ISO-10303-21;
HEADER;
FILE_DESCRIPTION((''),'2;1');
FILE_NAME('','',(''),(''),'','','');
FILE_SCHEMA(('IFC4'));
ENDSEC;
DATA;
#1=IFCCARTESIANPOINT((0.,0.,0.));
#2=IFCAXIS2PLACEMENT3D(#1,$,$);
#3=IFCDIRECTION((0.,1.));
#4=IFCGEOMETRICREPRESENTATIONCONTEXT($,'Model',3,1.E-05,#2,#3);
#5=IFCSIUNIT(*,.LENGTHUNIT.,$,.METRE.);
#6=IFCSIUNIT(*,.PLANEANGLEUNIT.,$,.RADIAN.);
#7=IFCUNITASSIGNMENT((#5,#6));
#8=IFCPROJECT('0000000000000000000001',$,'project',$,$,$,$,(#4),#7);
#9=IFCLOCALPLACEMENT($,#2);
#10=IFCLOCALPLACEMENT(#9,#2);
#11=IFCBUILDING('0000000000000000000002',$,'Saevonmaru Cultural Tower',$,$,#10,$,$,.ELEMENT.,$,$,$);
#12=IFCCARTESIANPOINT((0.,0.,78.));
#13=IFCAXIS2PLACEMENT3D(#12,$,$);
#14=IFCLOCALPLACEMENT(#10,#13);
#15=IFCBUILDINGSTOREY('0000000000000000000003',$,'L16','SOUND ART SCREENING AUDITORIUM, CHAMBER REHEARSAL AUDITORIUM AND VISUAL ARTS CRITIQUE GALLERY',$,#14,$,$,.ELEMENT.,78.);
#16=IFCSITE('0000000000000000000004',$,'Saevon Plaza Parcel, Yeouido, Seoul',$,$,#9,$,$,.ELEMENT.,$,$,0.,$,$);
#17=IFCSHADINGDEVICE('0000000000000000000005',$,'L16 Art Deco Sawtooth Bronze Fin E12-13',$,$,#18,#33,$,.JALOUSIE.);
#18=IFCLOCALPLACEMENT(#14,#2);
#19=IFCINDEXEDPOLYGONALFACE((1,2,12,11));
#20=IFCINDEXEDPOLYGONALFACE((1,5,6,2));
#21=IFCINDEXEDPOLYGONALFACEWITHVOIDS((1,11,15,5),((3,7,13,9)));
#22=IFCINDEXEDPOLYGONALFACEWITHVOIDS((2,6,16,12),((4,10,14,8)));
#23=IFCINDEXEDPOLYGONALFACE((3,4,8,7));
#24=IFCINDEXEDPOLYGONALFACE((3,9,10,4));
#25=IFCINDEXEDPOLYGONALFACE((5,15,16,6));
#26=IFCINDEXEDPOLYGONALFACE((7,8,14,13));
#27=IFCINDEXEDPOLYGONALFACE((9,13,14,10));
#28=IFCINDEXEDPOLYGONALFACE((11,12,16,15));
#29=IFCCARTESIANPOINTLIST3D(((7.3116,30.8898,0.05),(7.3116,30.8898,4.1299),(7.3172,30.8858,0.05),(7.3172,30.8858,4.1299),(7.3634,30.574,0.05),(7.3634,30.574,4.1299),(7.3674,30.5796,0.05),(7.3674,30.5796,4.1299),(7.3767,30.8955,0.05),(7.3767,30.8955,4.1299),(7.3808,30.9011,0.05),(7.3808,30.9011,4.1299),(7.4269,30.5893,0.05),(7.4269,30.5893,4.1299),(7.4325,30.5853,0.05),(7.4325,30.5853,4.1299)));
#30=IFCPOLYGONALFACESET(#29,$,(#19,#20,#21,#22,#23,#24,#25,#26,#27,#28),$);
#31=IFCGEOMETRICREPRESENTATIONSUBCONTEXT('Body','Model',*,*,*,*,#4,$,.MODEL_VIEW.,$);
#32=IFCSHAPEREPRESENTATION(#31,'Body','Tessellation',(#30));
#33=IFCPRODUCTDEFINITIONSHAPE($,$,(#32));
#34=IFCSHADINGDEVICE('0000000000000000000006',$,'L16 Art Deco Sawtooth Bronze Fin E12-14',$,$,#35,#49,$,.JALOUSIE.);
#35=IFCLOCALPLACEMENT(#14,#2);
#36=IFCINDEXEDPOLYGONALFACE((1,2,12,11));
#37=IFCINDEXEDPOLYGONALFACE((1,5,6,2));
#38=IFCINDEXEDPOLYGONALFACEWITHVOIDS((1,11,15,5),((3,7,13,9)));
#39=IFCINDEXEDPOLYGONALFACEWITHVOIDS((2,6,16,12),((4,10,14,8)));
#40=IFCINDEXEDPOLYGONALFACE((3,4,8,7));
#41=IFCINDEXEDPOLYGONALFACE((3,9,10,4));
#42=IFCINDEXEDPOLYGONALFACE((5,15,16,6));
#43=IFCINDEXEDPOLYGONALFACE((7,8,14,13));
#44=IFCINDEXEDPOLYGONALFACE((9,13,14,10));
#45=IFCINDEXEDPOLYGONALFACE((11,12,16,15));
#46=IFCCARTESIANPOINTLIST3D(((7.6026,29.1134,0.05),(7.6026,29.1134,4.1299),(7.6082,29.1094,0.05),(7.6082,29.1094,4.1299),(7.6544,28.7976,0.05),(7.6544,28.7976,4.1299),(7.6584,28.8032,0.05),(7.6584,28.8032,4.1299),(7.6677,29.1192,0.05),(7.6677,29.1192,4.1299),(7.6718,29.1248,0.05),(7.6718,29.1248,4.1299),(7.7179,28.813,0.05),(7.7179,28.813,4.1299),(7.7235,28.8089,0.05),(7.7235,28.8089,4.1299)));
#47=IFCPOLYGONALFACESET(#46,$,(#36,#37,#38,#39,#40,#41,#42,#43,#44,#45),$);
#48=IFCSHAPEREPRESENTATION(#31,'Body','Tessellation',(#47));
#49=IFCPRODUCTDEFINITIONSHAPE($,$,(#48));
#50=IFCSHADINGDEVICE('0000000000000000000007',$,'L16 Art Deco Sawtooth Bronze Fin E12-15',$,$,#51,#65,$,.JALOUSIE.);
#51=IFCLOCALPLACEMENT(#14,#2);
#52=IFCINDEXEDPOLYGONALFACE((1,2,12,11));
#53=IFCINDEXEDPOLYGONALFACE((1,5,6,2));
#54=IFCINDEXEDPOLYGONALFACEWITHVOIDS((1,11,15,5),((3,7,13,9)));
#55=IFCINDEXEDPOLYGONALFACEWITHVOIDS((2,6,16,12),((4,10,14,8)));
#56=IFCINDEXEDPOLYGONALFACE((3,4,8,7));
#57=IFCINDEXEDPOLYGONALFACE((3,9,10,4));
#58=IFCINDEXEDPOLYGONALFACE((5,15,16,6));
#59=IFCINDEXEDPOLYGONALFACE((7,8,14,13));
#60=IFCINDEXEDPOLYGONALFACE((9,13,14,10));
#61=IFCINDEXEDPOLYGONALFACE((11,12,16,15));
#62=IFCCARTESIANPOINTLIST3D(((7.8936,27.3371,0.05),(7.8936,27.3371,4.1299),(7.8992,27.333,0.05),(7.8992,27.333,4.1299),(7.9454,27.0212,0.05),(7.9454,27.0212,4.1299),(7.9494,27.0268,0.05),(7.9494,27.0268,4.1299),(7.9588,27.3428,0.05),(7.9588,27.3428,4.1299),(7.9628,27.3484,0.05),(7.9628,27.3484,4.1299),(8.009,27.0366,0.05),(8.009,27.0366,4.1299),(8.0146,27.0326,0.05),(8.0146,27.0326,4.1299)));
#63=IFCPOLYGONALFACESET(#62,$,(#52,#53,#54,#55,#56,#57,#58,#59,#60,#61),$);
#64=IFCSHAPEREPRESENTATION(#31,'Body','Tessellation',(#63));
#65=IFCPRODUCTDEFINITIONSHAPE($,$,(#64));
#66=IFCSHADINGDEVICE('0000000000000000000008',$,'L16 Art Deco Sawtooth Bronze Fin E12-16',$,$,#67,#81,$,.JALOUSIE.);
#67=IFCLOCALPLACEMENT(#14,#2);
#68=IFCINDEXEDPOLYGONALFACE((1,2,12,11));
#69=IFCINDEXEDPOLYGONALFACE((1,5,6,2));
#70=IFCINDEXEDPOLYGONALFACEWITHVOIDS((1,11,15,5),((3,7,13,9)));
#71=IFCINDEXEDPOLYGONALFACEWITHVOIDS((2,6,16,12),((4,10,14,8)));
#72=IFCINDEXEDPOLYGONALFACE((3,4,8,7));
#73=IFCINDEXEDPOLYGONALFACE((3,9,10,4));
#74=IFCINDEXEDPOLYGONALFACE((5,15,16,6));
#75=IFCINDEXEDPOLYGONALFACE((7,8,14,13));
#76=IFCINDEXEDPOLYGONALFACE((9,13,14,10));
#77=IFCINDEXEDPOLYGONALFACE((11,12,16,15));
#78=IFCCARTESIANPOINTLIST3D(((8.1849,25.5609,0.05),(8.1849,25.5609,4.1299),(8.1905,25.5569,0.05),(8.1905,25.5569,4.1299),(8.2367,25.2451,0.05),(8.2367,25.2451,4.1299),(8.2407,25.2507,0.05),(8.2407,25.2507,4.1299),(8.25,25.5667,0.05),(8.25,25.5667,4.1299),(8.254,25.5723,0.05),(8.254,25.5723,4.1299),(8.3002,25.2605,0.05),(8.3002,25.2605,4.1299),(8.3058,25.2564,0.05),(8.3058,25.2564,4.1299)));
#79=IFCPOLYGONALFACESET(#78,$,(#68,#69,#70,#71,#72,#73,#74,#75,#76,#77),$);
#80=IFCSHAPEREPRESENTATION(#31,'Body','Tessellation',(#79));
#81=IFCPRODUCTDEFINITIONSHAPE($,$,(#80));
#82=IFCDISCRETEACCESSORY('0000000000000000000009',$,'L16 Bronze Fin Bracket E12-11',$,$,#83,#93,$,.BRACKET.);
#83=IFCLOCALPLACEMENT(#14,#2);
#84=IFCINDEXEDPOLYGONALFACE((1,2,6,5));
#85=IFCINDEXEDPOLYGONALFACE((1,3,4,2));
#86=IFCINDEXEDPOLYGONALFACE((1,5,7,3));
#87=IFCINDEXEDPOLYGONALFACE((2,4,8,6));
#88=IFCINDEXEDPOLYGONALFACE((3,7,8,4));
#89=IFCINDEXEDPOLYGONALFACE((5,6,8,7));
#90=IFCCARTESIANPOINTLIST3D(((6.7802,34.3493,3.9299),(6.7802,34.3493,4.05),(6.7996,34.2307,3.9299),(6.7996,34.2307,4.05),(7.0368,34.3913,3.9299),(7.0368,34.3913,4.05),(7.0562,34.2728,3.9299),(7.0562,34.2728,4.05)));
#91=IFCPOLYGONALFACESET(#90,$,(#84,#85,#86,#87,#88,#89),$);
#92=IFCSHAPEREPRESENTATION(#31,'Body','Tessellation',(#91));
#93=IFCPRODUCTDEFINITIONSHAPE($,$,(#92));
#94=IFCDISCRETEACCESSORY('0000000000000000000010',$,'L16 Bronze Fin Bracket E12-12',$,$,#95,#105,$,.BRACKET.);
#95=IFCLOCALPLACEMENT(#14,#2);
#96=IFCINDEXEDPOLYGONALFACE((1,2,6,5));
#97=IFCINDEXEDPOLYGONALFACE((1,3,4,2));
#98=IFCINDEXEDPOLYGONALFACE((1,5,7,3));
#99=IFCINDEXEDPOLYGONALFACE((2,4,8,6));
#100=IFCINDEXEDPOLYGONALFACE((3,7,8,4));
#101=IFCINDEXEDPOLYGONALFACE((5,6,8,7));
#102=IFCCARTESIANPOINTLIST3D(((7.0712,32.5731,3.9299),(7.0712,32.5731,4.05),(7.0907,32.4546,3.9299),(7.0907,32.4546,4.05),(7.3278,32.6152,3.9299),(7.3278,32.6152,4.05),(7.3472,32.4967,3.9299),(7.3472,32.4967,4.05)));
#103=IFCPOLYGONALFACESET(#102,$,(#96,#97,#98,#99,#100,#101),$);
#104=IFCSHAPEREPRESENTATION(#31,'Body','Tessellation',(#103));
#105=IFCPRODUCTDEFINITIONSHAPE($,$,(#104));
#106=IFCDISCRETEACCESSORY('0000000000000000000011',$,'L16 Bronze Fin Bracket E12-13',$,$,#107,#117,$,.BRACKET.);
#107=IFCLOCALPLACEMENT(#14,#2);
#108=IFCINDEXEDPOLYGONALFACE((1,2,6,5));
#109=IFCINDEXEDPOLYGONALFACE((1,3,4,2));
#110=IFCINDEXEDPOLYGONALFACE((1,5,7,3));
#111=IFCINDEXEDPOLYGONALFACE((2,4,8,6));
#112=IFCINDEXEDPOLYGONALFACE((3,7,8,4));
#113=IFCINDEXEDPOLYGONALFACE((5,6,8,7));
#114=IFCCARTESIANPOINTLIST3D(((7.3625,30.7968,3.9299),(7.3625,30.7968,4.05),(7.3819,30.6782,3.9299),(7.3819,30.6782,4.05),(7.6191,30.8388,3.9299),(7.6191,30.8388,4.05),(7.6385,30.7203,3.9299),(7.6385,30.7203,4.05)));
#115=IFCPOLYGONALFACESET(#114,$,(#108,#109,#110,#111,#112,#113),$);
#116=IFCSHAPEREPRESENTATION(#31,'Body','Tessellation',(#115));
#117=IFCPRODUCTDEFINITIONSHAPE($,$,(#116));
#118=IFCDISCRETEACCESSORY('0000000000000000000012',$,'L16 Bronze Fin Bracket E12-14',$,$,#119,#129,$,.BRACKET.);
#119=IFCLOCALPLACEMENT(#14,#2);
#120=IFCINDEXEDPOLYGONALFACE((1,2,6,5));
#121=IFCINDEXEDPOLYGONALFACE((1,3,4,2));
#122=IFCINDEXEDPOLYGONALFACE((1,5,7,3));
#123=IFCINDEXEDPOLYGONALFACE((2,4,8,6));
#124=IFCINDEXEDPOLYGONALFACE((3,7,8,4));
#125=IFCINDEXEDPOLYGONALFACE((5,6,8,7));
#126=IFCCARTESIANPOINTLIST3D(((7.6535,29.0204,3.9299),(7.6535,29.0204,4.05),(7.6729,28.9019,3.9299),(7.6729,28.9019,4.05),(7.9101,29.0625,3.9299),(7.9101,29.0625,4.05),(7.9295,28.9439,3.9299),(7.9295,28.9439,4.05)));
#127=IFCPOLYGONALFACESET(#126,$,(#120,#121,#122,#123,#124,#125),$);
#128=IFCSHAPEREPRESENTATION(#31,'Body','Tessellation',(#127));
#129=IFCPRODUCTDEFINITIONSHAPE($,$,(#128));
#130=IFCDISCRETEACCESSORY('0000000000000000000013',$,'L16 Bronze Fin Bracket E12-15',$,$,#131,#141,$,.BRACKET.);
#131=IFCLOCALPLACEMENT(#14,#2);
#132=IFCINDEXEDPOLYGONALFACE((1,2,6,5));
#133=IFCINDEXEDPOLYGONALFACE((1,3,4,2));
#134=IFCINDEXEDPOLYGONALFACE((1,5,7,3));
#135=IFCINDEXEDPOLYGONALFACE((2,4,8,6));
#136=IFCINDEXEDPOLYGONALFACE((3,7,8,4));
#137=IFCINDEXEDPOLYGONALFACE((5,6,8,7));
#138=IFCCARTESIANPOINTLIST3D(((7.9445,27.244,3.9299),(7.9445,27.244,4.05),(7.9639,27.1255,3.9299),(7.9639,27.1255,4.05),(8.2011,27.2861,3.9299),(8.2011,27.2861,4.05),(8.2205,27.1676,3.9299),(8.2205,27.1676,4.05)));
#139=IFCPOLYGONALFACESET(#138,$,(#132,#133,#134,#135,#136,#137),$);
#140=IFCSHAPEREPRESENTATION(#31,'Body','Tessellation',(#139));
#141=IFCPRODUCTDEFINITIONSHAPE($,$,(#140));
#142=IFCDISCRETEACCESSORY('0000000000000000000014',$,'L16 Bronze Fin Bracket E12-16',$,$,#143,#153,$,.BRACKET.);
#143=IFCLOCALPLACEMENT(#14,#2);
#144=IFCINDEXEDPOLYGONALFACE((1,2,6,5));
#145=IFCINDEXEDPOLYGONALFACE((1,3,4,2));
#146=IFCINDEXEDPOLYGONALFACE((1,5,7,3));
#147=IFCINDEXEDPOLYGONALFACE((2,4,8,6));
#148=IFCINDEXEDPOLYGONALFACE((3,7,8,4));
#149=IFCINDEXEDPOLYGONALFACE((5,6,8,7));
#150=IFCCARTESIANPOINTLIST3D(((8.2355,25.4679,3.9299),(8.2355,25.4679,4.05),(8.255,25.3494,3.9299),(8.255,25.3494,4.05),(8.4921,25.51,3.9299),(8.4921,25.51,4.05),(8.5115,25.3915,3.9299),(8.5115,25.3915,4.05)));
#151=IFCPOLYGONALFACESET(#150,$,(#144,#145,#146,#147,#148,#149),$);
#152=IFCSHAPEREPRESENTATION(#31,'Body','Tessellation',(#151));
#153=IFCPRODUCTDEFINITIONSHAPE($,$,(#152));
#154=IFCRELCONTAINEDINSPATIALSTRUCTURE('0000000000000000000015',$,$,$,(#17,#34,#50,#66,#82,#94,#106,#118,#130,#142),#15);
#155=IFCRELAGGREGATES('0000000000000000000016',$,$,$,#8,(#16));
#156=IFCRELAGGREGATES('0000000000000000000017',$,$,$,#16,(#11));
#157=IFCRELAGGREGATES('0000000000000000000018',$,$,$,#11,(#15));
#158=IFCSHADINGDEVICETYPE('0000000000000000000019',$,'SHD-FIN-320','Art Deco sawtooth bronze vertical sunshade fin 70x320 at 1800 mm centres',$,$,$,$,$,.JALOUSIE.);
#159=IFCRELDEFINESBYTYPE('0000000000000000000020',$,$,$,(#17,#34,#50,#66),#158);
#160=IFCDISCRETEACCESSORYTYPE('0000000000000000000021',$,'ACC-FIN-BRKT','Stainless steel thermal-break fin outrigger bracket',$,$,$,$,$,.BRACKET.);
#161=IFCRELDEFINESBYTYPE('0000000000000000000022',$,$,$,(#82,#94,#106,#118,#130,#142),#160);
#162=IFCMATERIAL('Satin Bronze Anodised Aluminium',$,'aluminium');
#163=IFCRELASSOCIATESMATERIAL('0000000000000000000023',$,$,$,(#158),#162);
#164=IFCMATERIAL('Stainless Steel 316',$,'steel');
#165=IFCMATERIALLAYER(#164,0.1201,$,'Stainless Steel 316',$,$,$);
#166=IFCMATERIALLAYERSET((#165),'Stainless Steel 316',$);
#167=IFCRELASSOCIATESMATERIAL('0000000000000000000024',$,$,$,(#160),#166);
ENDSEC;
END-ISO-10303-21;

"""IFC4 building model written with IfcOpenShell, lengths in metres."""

from ifc_helpers import new_model, si_unit, direction, frame, origin, origin_2d, place, context, subcontext, project, spatial, rectangle, hollow_rectangle, extrude, material, layer, layer_set, material_profile, profile_set, type_object, element, save


model = new_model("IFC4")

# Units and contexts
model_context = context("Model", 3, precision=1e-05, world=origin(), true_north=direction((0.0, 1.0)))
body_context = subcontext(model_context, "Body", "Model", "MODEL_VIEW")
ifc_project = project(units=[si_unit("LENGTHUNIT", "METRE"), si_unit("PLANEANGLEUNIT", "RADIAN")], contexts=[model_context])

# Site, building, storey
site_placement = place(None, origin())
site = spatial("IfcSite", under=ifc_project, at=site_placement, Name="Saevon Plaza Parcel, Yeouido, Seoul", CompositionType="ELEMENT", RefElevation=0.0)
building_placement = place(site_placement, origin())
building = spatial("IfcBuilding", under=site, at=building_placement, Name="Saevonmaru Cultural Tower", CompositionType="ELEMENT")
storey_placement = place(building_placement, frame((0.0, 0.0, 78.0)))
storey = spatial("IfcBuildingStorey", under=building, at=storey_placement, Name="L16", Description="SOUND ART SCREENING AUDITORIUM, CHAMBER REHEARSAL AUDITORIUM AND VISUAL ARTS CRITIQUE GALLERY", CompositionType="ELEMENT", Elevation=78.0)

# Shared definitions
ifc_material_1 = material(Name="Satin Bronze Anodised Aluminium", Category="aluminium")

# Shading devices
ifc_material_profile_1 = material_profile(ifc_material_1, hollow_rectangle(XDim=0.0701, YDim=0.3201, WallThickness=0.0049, at=origin_2d()), Name="FIN-320x70")
ifc_profile_set_1 = profile_set([ifc_material_profile_1], Name="Satin Bronze Anodised Aluminium")
shading_device_type = type_object("IfcShadingDeviceType", Name="SHD-FIN-320", Description="Art Deco sawtooth bronze vertical sunshade fin 70x320 at 1800 mm centres", PredefinedType="JALOUSIE", material=ifc_profile_set_1)
for number, where, z_axis, x_axis, name in (
    (1, (7.3721, 30.7375, 0.05), (0.0, 0.0, 1.0), (-0.986827, -0.161776, 0.0), "L16 Art Deco Sawtooth Bronze Fin E12-13"),
    (2, (7.6631, 28.9612, 0.05), (0.0, 0.0, 1.0), (-0.986827, -0.161776, 0.0), "L16 Art Deco Sawtooth Bronze Fin E12-14"),
    (3, (7.9541, 27.1848, 0.05), (0.0, 0.0, 1.0), (-0.986827, -0.161776, 0.0), "L16 Art Deco Sawtooth Bronze Fin E12-15"),
    (4, (8.2454, 25.4087, 0.05), (0.0, 0.0, 1.0), (-0.986827, -0.161776, 0.0), "L16 Art Deco Sawtooth Bronze Fin E12-16"),
):
    element("IfcShadingDevice", number, at=place(storey_placement, frame(where, z_axis=z_axis, x_axis=x_axis)), inside=storey, type_object=shading_device_type, Name=name, PredefinedType="JALOUSIE", context=body_context, shape_type="SweptSolid", body=[
        extrude(hollow_rectangle(XDim=0.0701, YDim=0.3201, WallThickness=0.0049, at=origin_2d()), origin(), (0.0, 0.0, 1.0), 4.0798),
    ])

# Discrete accessories
ifc_material_2 = material(Name="Stainless Steel 316", Category="steel")
ifc_layer_1 = layer(ifc_material_2, 0.1201, Name="Stainless Steel 316")
ifc_layer_set_1 = layer_set([ifc_layer_1], Name="Stainless Steel 316")
discrete_accessory_type = type_object("IfcDiscreteAccessoryType", Name="ACC-FIN-BRKT", Description="Stainless steel thermal-break fin outrigger bracket", PredefinedType="BRACKET", material=ifc_layer_set_1)
for number, where, z_axis, x_axis, name in (
    (5, (6.9182, 34.311, 3.9299), (0.0, 0.0, 1.0), (-0.986827, -0.161776, 0.0), "L16 Bronze Fin Bracket E12-11"),
    (6, (7.2092, 32.5349, 3.9299), (0.0, 0.0, 1.0), (-0.986827, -0.161776, 0.0), "L16 Bronze Fin Bracket E12-12"),
    (7, (7.5005, 30.7585, 3.9299), (0.0, 0.0, 1.0), (-0.986827, -0.161776, 0.0), "L16 Bronze Fin Bracket E12-13"),
    (8, (7.7915, 28.9822, 3.9299), (0.0, 0.0, 1.0), (-0.986827, -0.161776, 0.0), "L16 Bronze Fin Bracket E12-14"),
    (9, (8.0825, 27.2058, 3.9299), (0.0, 0.0, 1.0), (-0.986827, -0.161776, 0.0), "L16 Bronze Fin Bracket E12-15"),
    (10, (8.3735, 25.4297, 3.9299), (0.0, 0.0, 1.0), (-0.986827, -0.161776, 0.0), "L16 Bronze Fin Bracket E12-16"),
):
    element("IfcDiscreteAccessory", number, at=place(storey_placement, frame(where, z_axis=z_axis, x_axis=x_axis)), inside=storey, type_object=discrete_accessory_type, Name=name, PredefinedType="BRACKET", context=body_context, shape_type="SweptSolid", body=[
        extrude(rectangle(XDim=0.26, YDim=0.1201, at=origin_2d()), origin(), (0.0, 0.0, 1.0), 0.1201),
    ])

save(model, "model.ifc")
